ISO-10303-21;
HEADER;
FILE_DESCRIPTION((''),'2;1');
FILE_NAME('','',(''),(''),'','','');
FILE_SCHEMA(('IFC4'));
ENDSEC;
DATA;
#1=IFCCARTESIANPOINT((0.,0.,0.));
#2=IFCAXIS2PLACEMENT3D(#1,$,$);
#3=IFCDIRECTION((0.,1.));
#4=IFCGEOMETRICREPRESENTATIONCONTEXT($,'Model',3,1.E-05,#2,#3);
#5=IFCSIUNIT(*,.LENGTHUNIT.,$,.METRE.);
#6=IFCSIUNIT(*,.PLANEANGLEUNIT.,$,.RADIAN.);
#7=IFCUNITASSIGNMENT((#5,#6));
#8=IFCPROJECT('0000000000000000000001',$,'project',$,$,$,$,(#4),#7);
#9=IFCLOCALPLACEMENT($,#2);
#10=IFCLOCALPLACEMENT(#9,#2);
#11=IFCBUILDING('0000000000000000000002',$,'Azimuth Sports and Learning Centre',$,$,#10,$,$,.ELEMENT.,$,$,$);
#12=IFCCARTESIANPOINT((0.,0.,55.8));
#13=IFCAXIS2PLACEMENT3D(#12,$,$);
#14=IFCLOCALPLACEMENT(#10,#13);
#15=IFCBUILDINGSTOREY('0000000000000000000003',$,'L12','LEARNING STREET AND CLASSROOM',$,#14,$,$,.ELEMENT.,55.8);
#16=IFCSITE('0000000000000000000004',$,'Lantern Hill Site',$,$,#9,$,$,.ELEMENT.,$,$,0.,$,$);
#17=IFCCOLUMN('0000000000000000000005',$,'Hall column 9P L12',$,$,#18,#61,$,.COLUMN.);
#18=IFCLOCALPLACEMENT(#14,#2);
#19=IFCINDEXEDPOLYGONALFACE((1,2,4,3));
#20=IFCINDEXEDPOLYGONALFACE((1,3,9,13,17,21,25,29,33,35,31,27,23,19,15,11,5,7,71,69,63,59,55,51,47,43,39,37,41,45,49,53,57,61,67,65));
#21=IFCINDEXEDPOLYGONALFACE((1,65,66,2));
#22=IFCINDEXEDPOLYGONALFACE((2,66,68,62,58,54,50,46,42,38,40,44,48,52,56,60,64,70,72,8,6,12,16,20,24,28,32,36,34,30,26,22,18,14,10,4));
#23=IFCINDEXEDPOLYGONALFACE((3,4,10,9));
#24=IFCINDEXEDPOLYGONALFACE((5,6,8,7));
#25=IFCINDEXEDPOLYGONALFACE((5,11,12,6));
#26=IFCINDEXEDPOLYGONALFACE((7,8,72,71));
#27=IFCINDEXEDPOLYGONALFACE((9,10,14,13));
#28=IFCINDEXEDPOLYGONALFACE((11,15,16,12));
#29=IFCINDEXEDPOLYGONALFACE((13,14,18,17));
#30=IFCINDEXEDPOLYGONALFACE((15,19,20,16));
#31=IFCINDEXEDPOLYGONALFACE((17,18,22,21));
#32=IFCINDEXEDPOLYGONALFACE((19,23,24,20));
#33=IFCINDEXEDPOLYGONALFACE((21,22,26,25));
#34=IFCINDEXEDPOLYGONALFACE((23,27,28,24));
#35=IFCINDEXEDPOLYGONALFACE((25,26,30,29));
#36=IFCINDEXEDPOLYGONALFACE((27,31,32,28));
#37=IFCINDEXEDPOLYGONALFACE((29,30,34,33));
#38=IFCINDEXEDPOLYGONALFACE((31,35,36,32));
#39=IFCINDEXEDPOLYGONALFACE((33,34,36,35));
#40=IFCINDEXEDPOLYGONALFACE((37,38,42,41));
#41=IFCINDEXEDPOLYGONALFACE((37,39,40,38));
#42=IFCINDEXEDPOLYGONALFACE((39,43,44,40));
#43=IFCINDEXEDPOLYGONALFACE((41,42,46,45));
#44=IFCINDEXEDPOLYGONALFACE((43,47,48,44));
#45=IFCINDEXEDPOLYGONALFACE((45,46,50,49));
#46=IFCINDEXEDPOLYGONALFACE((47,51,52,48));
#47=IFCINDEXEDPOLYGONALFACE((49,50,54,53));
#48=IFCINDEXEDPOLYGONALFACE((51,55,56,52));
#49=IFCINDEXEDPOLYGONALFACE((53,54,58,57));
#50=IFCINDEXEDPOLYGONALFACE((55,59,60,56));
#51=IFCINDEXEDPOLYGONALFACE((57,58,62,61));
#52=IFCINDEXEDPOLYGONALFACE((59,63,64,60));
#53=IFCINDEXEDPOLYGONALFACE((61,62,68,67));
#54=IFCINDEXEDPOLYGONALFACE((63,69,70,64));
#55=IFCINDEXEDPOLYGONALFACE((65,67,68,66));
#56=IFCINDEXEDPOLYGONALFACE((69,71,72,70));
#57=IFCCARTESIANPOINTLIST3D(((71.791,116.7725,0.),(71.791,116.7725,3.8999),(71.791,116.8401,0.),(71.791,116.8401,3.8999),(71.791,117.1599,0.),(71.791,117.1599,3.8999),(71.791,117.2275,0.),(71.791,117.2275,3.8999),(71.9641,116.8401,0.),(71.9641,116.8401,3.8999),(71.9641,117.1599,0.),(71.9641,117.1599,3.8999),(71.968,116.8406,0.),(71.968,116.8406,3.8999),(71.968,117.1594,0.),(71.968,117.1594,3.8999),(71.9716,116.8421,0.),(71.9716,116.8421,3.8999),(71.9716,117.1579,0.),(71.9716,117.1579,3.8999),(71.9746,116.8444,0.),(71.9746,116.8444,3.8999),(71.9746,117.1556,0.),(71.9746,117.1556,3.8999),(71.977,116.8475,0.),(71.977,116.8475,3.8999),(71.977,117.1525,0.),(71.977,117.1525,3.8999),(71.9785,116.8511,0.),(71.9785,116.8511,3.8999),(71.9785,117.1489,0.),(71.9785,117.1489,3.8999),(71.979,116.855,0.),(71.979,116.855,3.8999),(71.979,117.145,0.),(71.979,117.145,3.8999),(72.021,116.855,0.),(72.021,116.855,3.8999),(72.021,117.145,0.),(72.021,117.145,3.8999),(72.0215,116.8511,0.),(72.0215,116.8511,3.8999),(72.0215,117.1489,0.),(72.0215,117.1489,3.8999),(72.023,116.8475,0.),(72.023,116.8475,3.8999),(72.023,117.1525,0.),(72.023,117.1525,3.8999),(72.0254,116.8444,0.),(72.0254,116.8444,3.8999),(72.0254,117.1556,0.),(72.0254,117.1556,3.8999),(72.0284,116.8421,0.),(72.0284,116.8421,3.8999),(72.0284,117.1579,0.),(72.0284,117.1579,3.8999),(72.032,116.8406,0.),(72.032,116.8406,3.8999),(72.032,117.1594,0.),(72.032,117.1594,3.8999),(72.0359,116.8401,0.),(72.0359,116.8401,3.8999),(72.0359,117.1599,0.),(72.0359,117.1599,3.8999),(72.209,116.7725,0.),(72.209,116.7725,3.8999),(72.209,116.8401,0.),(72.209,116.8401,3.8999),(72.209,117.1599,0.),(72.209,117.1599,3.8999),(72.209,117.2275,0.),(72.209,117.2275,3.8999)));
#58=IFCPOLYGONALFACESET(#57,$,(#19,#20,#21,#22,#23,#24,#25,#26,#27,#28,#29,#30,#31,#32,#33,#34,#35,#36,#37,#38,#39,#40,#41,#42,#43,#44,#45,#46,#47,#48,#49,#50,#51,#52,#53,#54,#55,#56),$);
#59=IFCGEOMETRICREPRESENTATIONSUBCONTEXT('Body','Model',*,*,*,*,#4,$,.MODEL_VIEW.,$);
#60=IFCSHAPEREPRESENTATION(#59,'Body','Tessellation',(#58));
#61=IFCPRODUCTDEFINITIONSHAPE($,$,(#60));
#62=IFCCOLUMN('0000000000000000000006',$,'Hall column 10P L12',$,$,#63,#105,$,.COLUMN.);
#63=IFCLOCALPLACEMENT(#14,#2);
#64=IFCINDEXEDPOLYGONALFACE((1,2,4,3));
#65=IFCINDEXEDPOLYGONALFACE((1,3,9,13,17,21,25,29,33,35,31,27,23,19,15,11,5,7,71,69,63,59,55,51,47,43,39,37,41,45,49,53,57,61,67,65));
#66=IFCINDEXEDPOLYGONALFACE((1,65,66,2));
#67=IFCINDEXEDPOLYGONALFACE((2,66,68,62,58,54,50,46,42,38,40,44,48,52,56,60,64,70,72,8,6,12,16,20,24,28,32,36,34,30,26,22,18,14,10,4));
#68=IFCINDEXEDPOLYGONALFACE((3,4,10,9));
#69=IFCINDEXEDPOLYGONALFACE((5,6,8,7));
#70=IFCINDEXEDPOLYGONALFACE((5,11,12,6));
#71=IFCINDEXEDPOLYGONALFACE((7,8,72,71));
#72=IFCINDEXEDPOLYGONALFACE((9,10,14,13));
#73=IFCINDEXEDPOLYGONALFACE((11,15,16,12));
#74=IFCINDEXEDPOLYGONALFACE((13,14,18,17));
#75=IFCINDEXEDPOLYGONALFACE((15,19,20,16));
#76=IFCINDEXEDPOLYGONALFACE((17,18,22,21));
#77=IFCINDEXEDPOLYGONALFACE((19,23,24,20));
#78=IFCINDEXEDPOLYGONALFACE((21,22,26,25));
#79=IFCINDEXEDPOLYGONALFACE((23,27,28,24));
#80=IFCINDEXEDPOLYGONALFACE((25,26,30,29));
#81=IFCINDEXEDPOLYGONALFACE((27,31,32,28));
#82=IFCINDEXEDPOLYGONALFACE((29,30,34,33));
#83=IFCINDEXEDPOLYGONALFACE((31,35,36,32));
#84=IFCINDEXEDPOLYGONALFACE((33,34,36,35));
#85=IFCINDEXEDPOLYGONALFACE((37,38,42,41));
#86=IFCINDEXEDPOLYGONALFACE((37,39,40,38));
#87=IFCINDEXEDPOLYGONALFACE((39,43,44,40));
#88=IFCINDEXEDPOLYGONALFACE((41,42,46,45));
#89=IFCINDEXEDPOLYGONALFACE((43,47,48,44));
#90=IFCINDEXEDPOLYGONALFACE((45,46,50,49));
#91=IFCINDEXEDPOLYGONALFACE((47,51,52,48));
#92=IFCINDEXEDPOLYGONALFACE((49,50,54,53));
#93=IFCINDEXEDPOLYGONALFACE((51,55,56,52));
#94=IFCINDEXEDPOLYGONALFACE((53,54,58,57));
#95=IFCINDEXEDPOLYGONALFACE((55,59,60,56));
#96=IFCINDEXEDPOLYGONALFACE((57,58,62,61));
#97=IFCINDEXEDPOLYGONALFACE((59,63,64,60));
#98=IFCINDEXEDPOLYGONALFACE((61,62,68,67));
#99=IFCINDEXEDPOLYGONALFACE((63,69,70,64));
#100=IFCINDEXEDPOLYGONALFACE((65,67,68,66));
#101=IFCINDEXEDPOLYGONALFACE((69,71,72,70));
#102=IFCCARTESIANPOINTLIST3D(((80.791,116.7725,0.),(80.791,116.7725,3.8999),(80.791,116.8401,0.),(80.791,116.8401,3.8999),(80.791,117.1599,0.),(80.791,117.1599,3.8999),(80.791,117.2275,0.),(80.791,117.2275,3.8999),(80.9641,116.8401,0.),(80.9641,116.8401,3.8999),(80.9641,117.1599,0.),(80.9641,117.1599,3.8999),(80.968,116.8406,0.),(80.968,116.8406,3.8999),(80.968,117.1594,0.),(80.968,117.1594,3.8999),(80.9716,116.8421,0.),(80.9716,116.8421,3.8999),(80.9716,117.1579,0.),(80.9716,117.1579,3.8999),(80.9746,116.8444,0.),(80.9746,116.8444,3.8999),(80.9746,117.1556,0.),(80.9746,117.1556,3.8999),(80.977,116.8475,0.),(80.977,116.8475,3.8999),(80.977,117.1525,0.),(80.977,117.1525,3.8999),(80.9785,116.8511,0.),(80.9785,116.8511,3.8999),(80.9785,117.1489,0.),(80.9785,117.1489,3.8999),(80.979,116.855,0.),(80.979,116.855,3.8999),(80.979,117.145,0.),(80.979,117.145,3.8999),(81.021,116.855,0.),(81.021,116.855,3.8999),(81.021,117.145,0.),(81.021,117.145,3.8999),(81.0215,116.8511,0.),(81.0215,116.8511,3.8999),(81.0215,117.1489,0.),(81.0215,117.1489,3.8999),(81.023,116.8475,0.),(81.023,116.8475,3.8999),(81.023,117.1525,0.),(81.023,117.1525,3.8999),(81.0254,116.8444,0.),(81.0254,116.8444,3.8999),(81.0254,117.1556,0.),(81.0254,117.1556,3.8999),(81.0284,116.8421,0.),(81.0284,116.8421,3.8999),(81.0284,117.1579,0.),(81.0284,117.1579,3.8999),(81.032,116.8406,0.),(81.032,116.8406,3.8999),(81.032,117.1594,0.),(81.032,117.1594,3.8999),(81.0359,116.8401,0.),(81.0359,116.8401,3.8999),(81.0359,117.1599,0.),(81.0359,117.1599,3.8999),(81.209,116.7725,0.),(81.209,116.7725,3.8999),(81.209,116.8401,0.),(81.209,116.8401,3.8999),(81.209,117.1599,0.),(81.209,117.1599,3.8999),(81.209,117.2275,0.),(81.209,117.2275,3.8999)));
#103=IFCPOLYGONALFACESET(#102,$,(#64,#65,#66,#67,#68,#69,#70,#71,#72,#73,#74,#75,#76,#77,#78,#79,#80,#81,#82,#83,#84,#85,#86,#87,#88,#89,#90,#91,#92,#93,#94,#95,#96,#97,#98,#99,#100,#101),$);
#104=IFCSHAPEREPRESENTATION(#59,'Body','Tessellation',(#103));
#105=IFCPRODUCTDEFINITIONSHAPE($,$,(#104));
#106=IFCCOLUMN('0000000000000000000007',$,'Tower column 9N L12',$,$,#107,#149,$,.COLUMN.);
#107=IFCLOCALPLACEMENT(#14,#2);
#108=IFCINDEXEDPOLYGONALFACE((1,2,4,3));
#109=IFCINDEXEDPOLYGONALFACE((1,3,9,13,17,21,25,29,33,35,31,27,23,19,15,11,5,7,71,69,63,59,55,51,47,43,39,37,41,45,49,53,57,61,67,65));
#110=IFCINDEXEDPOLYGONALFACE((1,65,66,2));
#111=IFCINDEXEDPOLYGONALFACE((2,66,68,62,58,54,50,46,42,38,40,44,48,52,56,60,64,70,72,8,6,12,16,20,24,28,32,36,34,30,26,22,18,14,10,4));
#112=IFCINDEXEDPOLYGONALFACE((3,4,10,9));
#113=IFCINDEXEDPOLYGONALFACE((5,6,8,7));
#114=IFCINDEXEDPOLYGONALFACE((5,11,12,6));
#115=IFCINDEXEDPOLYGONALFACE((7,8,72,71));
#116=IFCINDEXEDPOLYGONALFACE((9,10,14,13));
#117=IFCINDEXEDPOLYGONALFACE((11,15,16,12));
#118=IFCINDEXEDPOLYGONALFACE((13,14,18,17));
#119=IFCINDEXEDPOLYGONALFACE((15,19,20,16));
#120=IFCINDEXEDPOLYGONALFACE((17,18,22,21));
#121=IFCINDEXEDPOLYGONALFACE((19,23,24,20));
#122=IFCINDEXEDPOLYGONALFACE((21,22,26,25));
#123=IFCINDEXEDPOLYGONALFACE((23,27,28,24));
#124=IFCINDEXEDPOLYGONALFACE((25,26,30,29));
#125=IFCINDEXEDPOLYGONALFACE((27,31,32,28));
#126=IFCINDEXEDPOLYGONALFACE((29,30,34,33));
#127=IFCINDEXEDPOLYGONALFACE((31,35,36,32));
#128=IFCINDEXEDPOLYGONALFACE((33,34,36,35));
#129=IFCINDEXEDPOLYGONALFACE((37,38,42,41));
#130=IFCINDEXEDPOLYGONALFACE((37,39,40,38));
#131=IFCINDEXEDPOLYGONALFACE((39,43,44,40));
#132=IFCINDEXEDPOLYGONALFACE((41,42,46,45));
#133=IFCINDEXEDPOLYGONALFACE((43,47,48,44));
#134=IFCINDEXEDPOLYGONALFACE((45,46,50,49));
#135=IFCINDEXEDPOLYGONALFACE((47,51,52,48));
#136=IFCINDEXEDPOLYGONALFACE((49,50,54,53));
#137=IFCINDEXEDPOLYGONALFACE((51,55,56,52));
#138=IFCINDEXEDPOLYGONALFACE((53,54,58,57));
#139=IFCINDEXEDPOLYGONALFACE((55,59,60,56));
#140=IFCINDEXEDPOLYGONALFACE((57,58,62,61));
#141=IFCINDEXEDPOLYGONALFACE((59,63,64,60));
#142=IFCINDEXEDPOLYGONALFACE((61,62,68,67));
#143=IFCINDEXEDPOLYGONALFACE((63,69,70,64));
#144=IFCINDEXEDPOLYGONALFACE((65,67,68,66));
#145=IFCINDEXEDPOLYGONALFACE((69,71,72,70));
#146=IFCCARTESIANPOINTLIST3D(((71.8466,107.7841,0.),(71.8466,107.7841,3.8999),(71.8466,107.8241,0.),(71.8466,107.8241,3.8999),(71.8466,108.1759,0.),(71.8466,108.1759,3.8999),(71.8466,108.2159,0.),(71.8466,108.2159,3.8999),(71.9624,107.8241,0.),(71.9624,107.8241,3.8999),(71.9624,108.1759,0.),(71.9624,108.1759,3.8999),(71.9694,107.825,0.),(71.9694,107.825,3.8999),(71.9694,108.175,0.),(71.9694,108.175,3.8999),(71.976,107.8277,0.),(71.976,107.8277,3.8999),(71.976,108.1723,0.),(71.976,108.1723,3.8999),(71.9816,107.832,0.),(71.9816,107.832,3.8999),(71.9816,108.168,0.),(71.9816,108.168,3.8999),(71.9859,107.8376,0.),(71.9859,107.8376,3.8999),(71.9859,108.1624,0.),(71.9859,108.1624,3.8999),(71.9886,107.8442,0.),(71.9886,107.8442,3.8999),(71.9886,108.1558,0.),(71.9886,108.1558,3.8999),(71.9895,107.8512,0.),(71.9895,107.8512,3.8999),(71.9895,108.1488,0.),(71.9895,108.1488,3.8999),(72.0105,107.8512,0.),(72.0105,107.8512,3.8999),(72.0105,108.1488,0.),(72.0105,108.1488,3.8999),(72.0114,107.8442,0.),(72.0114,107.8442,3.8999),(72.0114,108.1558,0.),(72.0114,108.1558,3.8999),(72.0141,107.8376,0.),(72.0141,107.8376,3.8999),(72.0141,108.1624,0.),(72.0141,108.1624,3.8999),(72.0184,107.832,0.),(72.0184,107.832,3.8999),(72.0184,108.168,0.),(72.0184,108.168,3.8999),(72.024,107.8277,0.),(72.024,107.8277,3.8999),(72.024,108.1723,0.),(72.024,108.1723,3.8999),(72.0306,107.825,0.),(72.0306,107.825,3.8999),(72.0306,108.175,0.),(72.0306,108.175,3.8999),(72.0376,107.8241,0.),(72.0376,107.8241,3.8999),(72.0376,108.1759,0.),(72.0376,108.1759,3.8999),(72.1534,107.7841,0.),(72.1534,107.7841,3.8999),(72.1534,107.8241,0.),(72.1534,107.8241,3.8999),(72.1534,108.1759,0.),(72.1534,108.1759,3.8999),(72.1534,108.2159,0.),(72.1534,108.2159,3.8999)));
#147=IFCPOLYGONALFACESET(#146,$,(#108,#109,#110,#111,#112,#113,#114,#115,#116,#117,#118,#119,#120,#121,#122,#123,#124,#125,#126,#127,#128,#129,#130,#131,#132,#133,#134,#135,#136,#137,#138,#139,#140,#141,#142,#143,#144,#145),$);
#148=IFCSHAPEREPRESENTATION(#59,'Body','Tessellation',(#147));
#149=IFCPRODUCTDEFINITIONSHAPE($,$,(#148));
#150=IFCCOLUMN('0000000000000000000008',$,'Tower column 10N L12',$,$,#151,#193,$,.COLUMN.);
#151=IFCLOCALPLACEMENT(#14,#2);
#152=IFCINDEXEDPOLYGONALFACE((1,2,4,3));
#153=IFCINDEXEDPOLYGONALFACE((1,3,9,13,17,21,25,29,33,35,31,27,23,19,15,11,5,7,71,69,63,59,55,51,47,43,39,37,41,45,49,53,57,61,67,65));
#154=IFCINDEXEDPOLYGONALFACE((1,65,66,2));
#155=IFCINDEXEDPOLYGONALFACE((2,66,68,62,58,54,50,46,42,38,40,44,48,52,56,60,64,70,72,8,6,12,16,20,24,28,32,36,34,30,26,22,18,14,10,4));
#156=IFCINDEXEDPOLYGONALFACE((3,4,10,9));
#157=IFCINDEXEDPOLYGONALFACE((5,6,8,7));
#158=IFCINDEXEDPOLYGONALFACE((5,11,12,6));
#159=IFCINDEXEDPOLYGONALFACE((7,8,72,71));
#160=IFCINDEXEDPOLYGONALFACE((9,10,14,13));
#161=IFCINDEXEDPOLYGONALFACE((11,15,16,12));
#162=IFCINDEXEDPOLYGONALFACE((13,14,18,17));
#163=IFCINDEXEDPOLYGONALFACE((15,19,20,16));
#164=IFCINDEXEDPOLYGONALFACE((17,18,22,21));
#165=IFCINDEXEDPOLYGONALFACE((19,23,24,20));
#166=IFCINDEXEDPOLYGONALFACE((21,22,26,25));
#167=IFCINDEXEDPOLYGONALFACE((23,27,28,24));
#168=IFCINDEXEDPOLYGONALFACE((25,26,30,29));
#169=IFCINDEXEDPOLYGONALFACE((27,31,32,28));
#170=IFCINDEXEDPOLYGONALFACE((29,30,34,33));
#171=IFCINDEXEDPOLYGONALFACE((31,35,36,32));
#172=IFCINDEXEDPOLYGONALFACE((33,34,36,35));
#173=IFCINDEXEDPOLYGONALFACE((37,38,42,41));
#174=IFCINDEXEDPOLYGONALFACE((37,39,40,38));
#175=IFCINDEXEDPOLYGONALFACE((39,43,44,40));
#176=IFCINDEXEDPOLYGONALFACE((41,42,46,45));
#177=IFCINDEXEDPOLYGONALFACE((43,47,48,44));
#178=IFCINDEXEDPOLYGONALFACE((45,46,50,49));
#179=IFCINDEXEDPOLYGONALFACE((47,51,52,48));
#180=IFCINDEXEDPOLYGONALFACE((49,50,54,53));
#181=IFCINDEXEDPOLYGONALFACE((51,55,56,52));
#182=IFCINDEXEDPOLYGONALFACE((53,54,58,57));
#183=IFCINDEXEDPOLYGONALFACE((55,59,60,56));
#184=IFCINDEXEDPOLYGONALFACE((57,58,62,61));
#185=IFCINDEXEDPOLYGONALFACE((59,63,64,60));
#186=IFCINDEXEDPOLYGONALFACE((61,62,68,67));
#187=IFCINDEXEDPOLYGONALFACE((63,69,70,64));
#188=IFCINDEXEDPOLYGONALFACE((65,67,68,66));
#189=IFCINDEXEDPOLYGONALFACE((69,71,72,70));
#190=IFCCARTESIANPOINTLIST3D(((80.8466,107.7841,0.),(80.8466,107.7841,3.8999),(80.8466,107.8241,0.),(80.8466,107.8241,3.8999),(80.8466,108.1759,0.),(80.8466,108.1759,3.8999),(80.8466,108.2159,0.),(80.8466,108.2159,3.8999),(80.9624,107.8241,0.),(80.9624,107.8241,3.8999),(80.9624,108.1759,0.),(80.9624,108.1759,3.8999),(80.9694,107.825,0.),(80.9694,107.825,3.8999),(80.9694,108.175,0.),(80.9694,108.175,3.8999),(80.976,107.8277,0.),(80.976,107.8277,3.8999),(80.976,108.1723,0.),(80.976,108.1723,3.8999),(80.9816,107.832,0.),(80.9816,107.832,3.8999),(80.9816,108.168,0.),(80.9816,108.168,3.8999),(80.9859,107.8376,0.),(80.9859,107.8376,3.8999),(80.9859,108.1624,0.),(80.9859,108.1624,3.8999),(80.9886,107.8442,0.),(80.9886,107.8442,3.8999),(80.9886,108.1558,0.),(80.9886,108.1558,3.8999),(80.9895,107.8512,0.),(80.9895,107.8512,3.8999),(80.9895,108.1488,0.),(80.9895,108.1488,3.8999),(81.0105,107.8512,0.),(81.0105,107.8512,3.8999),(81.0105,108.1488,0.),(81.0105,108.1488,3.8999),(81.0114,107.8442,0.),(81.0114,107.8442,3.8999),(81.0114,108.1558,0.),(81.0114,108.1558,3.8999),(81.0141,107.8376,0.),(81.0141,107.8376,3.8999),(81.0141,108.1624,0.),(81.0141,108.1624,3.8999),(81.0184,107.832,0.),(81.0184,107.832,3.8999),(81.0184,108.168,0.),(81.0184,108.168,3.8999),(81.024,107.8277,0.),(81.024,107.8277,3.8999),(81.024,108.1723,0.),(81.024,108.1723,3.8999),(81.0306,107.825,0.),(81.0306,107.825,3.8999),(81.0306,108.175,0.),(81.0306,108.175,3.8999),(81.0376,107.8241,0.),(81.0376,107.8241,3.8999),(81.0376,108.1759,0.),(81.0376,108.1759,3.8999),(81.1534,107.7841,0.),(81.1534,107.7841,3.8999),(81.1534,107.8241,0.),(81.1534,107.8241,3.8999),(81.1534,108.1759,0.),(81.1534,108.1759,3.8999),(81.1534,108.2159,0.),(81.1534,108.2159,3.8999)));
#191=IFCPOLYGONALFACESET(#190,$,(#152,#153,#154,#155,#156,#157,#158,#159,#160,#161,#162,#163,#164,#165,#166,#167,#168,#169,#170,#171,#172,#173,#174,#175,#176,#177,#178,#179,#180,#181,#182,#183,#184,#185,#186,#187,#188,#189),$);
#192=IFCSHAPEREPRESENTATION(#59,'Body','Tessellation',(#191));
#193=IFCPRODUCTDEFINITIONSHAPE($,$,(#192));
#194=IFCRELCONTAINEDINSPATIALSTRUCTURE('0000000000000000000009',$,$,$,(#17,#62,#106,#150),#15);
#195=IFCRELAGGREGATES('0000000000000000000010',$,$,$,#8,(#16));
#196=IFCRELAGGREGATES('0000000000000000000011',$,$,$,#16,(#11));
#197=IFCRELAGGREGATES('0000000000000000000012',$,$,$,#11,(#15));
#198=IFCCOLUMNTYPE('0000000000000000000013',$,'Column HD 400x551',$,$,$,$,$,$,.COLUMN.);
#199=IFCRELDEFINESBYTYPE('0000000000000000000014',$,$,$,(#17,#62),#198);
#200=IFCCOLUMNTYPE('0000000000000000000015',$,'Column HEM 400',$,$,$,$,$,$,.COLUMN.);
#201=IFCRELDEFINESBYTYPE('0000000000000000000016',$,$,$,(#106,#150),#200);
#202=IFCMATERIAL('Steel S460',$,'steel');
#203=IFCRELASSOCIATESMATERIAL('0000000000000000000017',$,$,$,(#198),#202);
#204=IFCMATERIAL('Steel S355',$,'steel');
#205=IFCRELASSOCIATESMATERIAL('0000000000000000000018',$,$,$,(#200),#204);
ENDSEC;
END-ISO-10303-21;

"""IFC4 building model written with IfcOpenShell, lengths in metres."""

from ifc_helpers import new_model, si_unit, direction, frame, origin, origin_2d, place, context, subcontext, project, spatial, i_section, extrude, material, material_profile, profile_set, type_object, element, save


model = new_model("IFC4")

# Units and contexts
model_context = context("Model", 3, precision=1e-05, world=origin(), true_north=direction((0.0, 1.0)))
body_context = subcontext(model_context, "Body", "Model", "MODEL_VIEW")
ifc_project = project(units=[si_unit("LENGTHUNIT", "METRE"), si_unit("PLANEANGLEUNIT", "RADIAN")], contexts=[model_context])

# Site, building, storey
site_placement = place(None, origin())
site = spatial("IfcSite", under=ifc_project, at=site_placement, Name="Lantern Hill Site", CompositionType="ELEMENT", RefElevation=0.0)
building_placement = place(site_placement, origin())
building = spatial("IfcBuilding", under=site, at=building_placement, Name="Azimuth Sports and Learning Centre", CompositionType="ELEMENT")
storey_placement = place(building_placement, frame((0.0, 0.0, 55.8)))
storey = spatial("IfcBuildingStorey", under=building, at=storey_placement, Name="L12", Description="LEARNING STREET AND CLASSROOM", CompositionType="ELEMENT", Elevation=55.8)

# Columns
ifc_material_1 = material(Name="Steel S460", Category="steel")
ifc_material_profile_1 = material_profile(ifc_material_1, i_section(OverallWidth=0.418, OverallDepth=0.4551, WebThickness=0.042, FlangeThickness=0.0676, FilletRadius=0.0149, at=origin_2d()), Name="HD 400x551")
ifc_profile_set_1 = profile_set([ifc_material_profile_1], Name="Steel S460")
column_type_1 = type_object("IfcColumnType", Name="Column HD 400x551", PredefinedType="COLUMN", material=ifc_profile_set_1)
for number, where, z_axis, x_axis, name in (
    (1, (72.0, 117.0, 0.0), (0.0, 0.0, 1.0), (1.0, 0.0, 0.0), "Hall column 9P L12"),
    (2, (81.0, 117.0, 0.0), (0.0, 0.0, 1.0), (1.0, 0.0, 0.0), "Hall column 10P L12"),
):
    element("IfcColumn", number, at=place(storey_placement, frame(where, z_axis=z_axis, x_axis=x_axis)), inside=storey, type_object=column_type_1, Name=name, PredefinedType="COLUMN", context=body_context, shape_type="SweptSolid", body=[
        extrude(i_section(OverallWidth=0.418, OverallDepth=0.4551, WebThickness=0.042, FlangeThickness=0.0676, FilletRadius=0.0149, at=origin_2d()), origin(), (0.0, 0.0, 1.0), 3.8999),
    ])
ifc_material_2 = material(Name="Steel S355", Category="steel")
ifc_material_profile_2 = material_profile(ifc_material_2, i_section(OverallWidth=0.3069, OverallDepth=0.4319, WebThickness=0.021, FlangeThickness=0.04, FilletRadius=0.0271, at=origin_2d()), Name="HEM 400")
ifc_profile_set_2 = profile_set([ifc_material_profile_2], Name="Steel S355")
column_type_2 = type_object("IfcColumnType", Name="Column HEM 400", PredefinedType="COLUMN", material=ifc_profile_set_2)
for number, where, z_axis, x_axis, name in (
    (3, (72.0, 108.0, 0.0), (0.0, 0.0, 1.0), (1.0, 0.0, 0.0), "Tower column 9N L12"),
    (4, (81.0, 108.0, 0.0), (0.0, 0.0, 1.0), (1.0, 0.0, 0.0), "Tower column 10N L12"),
):
    element("IfcColumn", number, at=place(storey_placement, frame(where, z_axis=z_axis, x_axis=x_axis)), inside=storey, type_object=column_type_2, Name=name, PredefinedType="COLUMN", context=body_context, shape_type="SweptSolid", body=[
        extrude(i_section(OverallWidth=0.3069, OverallDepth=0.4319, WebThickness=0.021, FlangeThickness=0.04, FilletRadius=0.0271, at=origin_2d()), origin(), (0.0, 0.0, 1.0), 3.8999),
    ])

save(model, "model.ifc")
